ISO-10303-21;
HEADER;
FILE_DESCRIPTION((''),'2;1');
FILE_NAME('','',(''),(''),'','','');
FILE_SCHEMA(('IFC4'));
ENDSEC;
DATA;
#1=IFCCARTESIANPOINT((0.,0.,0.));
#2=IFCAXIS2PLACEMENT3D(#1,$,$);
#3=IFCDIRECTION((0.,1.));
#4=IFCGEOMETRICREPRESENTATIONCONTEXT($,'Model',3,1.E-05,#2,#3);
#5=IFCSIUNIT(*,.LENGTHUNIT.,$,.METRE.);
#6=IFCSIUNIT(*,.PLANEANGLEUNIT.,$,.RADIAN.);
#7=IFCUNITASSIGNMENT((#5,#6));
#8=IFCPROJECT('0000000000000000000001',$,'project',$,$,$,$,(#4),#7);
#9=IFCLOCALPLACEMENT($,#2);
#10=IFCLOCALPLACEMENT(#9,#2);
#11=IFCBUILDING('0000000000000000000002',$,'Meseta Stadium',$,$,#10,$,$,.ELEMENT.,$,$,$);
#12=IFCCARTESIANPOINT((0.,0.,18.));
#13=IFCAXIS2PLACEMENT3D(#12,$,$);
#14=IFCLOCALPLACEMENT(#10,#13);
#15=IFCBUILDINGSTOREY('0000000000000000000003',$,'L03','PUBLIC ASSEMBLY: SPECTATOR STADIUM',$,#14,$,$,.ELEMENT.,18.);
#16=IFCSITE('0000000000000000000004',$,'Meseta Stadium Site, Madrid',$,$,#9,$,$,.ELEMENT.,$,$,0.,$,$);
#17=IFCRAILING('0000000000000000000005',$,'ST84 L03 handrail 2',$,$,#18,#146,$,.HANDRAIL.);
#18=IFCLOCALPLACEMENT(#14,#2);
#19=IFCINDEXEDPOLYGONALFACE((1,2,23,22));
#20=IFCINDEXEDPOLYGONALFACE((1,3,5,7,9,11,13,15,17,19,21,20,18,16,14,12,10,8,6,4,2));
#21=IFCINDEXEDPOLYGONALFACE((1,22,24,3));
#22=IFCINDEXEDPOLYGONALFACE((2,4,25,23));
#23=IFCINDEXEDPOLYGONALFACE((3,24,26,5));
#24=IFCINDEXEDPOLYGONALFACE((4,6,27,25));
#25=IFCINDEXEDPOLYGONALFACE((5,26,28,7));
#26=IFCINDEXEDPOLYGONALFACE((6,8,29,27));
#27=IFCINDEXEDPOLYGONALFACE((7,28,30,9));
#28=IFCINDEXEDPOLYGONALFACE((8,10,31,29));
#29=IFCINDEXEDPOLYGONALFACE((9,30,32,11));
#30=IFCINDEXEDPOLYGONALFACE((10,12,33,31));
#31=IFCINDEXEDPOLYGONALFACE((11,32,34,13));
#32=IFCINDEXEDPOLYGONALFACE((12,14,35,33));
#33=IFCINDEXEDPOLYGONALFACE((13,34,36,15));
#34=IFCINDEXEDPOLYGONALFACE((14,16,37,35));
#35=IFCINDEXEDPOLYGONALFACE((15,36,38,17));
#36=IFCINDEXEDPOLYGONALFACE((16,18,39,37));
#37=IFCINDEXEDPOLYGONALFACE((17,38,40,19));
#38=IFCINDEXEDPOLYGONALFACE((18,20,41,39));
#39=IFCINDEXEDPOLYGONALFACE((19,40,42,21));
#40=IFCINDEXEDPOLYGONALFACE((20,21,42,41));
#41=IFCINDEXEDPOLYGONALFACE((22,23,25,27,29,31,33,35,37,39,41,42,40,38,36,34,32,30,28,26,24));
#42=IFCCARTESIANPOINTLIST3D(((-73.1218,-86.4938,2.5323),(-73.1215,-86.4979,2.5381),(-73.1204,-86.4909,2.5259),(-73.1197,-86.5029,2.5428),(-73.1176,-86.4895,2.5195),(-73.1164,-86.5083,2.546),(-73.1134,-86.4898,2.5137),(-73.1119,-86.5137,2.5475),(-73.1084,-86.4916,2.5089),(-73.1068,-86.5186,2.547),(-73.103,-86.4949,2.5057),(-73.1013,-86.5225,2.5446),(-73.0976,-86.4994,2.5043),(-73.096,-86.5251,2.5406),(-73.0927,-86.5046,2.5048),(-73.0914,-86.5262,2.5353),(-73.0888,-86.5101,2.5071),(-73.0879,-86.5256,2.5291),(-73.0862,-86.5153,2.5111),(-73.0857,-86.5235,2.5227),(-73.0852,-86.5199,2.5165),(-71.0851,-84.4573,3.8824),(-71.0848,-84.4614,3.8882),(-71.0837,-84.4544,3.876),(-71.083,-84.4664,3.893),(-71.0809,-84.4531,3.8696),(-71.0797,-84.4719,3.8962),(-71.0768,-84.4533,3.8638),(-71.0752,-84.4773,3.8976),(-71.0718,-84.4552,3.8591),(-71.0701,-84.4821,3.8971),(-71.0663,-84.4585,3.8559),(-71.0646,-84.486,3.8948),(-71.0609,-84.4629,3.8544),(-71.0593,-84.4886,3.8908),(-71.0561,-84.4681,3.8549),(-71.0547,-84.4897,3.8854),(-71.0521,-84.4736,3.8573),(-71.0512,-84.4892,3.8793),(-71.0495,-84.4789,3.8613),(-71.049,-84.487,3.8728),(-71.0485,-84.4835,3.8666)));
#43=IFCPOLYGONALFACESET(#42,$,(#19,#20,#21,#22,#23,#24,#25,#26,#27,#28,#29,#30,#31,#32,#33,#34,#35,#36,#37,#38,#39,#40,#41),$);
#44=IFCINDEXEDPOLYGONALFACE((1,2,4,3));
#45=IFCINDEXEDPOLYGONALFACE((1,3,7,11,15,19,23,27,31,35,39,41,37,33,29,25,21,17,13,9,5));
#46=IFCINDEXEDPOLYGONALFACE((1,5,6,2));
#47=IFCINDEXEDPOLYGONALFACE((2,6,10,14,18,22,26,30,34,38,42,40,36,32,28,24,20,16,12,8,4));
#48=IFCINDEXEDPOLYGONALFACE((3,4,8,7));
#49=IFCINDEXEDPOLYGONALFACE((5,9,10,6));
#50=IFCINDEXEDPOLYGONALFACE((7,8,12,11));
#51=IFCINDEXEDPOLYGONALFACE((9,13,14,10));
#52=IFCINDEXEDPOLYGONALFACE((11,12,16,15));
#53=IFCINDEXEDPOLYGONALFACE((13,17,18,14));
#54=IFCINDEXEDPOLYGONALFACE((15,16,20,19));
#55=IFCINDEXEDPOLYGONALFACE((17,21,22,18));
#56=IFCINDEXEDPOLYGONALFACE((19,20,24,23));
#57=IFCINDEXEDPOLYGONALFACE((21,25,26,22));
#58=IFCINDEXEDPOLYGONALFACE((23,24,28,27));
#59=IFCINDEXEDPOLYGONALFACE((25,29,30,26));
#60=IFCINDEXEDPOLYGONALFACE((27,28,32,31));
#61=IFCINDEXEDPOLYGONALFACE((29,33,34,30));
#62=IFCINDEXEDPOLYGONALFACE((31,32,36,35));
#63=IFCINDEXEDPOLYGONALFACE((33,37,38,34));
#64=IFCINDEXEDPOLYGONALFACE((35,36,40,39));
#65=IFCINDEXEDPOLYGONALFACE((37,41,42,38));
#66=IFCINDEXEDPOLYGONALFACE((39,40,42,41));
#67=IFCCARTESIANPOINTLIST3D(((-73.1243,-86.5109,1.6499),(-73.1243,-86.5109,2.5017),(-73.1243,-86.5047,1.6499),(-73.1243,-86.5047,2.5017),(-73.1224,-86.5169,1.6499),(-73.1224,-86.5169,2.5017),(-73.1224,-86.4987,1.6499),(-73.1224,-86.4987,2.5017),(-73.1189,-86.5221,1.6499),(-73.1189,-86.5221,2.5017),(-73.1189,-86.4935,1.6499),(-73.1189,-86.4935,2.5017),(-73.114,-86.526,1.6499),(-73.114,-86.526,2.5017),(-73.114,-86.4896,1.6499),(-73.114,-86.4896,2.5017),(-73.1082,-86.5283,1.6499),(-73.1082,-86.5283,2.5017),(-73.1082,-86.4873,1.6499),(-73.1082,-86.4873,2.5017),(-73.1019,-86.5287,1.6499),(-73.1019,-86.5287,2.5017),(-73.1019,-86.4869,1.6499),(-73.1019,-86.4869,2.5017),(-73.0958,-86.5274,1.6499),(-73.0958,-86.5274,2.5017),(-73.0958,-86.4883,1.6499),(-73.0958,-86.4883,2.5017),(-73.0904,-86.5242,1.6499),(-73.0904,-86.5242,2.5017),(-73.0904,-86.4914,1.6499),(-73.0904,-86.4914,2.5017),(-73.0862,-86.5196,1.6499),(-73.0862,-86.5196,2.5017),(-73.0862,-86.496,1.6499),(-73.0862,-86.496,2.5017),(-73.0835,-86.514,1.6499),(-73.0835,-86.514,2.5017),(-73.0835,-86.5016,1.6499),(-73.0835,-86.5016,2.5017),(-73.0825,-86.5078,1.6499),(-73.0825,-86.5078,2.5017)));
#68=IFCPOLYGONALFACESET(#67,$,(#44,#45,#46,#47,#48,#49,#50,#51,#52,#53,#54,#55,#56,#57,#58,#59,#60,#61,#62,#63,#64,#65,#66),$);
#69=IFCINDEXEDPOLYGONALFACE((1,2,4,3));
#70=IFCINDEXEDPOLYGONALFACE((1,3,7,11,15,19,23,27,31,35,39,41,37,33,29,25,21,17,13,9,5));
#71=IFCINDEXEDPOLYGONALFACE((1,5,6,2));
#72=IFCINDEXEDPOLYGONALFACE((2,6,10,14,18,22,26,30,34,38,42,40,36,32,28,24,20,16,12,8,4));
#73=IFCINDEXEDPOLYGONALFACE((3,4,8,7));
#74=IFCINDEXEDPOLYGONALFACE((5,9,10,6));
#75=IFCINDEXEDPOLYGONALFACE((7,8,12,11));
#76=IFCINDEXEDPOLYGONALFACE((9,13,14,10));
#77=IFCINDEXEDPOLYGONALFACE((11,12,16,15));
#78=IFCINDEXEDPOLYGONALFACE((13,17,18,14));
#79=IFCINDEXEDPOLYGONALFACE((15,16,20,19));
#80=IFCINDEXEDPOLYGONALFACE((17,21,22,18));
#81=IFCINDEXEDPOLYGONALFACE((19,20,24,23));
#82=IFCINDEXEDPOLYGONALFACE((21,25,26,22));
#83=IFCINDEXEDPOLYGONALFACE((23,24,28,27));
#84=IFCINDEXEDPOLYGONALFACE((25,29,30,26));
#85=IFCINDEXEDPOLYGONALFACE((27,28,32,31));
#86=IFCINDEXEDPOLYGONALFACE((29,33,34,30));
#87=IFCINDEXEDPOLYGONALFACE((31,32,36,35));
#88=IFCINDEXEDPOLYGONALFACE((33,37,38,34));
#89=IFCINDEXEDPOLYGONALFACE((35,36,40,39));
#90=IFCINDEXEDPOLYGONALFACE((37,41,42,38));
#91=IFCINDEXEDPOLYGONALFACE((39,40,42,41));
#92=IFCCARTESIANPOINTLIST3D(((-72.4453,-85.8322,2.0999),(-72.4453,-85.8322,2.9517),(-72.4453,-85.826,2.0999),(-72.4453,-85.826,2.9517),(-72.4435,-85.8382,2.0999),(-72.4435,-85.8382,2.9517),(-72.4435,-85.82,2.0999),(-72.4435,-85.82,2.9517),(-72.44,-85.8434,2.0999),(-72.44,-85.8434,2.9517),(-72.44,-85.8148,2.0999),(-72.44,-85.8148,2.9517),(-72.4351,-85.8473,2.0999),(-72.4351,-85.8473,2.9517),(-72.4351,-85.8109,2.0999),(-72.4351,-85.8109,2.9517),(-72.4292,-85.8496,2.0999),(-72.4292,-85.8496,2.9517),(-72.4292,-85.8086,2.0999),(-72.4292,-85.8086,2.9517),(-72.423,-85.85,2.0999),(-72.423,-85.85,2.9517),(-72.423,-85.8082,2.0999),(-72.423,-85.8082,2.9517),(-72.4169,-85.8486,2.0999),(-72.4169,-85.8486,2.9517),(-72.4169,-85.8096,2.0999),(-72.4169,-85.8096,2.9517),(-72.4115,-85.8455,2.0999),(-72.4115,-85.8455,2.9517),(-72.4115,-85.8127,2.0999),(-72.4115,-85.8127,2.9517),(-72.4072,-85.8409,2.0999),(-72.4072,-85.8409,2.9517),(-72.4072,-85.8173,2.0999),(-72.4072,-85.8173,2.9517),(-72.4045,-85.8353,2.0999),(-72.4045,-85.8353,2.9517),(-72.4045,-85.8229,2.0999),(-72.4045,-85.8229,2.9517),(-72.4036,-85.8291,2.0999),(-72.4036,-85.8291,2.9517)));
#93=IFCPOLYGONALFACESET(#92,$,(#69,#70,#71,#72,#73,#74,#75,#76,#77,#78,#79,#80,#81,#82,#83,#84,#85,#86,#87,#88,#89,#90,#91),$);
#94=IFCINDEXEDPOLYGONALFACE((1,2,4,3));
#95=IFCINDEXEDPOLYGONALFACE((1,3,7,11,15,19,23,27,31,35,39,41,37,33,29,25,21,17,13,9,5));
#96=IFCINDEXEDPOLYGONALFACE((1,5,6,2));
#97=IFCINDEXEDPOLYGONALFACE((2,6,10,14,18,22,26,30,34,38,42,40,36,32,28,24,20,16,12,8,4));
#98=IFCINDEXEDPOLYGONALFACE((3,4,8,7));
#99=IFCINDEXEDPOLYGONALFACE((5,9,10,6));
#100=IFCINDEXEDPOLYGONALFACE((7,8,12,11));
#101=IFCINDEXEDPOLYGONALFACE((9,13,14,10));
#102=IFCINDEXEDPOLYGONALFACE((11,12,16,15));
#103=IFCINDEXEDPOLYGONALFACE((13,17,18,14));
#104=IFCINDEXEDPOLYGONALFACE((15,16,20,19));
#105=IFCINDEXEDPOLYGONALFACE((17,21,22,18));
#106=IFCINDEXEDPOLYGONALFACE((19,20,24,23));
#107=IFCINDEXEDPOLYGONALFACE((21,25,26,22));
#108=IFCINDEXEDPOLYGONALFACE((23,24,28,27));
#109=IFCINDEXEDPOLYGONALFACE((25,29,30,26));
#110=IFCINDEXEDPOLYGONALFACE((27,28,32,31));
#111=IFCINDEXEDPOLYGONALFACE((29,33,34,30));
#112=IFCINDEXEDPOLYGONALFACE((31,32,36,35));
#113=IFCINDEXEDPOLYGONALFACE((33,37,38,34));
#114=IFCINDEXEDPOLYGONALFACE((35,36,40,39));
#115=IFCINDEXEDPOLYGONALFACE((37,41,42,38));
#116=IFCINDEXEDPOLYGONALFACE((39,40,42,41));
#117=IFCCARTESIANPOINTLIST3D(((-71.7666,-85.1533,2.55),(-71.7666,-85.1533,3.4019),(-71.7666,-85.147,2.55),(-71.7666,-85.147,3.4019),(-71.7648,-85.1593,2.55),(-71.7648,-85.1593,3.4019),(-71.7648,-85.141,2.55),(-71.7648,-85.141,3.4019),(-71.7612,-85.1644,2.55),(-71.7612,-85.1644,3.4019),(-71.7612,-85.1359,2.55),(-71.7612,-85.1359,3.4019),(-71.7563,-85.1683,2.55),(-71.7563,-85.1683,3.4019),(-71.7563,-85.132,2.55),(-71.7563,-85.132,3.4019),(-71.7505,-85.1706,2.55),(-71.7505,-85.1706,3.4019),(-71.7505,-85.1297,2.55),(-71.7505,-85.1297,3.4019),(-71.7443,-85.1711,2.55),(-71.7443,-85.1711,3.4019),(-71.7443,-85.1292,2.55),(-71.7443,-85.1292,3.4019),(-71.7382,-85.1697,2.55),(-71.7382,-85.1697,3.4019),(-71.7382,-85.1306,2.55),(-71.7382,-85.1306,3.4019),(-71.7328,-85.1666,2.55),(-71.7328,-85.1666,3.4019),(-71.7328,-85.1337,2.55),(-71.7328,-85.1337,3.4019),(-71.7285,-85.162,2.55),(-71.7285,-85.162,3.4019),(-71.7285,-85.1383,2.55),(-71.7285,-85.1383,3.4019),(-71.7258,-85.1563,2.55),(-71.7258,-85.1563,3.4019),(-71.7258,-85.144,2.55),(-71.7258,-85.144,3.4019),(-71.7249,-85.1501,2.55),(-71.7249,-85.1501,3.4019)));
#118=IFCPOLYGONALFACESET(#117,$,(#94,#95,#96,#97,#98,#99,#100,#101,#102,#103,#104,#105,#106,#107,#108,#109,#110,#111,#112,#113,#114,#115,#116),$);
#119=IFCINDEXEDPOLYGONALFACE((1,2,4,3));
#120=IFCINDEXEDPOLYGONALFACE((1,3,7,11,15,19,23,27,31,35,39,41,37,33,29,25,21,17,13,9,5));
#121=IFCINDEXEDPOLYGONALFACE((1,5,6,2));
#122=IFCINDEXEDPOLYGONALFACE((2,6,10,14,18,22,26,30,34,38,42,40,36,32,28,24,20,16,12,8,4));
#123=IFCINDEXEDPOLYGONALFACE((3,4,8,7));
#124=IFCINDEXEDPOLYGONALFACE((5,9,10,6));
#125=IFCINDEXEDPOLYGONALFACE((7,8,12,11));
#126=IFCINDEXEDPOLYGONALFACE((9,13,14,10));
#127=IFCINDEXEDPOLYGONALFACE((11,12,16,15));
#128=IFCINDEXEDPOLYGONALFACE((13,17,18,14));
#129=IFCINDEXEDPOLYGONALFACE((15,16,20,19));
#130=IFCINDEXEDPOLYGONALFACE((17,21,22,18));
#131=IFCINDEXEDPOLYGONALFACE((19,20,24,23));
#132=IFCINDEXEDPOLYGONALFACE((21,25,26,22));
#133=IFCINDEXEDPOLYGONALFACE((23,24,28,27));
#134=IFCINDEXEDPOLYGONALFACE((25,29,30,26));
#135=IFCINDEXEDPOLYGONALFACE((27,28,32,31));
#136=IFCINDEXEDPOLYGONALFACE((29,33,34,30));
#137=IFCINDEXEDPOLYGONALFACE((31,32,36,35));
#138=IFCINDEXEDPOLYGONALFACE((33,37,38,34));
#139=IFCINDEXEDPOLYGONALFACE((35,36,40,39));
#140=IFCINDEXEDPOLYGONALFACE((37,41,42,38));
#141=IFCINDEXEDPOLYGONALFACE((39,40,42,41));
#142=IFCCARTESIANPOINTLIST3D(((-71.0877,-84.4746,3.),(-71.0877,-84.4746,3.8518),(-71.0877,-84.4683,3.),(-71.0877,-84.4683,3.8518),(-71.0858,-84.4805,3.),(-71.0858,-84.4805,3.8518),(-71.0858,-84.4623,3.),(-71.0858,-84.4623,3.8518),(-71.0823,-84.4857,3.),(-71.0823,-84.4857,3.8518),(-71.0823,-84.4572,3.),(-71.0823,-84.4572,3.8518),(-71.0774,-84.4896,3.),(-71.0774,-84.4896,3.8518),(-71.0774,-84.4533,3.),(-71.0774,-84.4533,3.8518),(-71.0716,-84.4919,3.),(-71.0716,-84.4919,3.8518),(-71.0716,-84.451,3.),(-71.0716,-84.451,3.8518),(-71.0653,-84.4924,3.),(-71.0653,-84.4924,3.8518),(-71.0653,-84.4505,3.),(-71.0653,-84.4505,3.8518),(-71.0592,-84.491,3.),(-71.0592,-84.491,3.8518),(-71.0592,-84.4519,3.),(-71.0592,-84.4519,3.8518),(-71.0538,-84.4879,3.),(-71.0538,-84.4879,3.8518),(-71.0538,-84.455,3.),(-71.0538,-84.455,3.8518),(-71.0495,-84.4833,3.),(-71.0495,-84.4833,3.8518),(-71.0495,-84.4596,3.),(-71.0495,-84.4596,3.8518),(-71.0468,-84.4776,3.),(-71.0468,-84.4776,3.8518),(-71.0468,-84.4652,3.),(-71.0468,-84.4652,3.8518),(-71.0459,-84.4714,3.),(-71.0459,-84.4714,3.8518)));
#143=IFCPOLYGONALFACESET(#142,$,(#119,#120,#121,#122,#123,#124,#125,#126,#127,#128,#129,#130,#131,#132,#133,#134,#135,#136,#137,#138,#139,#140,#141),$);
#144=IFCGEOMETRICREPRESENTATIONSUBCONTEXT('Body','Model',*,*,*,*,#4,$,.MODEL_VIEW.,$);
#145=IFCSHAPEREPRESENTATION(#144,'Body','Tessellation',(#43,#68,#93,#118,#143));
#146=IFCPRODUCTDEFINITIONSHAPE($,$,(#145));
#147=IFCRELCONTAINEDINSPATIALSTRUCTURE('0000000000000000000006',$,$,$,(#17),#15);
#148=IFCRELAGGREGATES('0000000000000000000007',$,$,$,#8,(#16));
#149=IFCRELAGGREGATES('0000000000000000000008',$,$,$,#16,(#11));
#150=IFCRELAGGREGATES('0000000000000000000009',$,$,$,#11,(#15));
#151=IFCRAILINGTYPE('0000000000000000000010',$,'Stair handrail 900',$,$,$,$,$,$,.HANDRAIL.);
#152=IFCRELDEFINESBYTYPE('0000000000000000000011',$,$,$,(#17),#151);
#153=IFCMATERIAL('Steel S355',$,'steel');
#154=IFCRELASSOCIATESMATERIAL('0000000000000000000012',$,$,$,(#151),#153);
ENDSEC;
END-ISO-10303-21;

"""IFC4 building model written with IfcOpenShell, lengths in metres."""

from ifc_helpers import new_model, si_unit, direction, frame, origin, origin_2d, place, context, subcontext, project, spatial, circle, extrude, material, type_object, element, save


model = new_model("IFC4")

# Units and contexts
model_context = context("Model", 3, precision=1e-05, world=origin(), true_north=direction((0.0, 1.0)))
body_context = subcontext(model_context, "Body", "Model", "MODEL_VIEW")
ifc_project = project(units=[si_unit("LENGTHUNIT", "METRE"), si_unit("PLANEANGLEUNIT", "RADIAN")], contexts=[model_context])

# Site, building, storey
site_placement = place(None, origin())
site = spatial("IfcSite", under=ifc_project, at=site_placement, Name="Meseta Stadium Site, Madrid", CompositionType="ELEMENT", RefElevation=0.0)
building_placement = place(site_placement, origin())
building = spatial("IfcBuilding", under=site, at=building_placement, Name="Meseta Stadium", CompositionType="ELEMENT")
storey_placement = place(building_placement, frame((0.0, 0.0, 18.0)))
storey = spatial("IfcBuildingStorey", under=building, at=storey_placement, Name="L03", Description="PUBLIC ASSEMBLY: SPECTATOR STADIUM", CompositionType="ELEMENT", Elevation=18.0)

# Railing
ifc_material_1 = material(Name="Steel S355", Category="steel")
railing_type_1 = type_object("IfcRailingType", Name="Stair handrail 900", PredefinedType="HANDRAIL", material=ifc_material_1)
railing_1_placement = place(storey_placement, frame((-73.1035, -86.5078, 1.6499)))
element("IfcRailing", 1, at=railing_1_placement, inside=storey, type_object=railing_type_1, Name="ST84 L03 handrail 2", PredefinedType="HANDRAIL", context=body_context, shape_type="SweptSolid", body=[
    extrude(circle(Radius=0.0239, at=origin_2d()), frame((0.0, 0.0, 0.876), z_axis=(0.640288, 0.640211, 0.424454), x_axis=(-0.707064, 0.707149, 0.0)), (0.0, 0.0, 1.0), 3.1809),
    extrude(circle(Radius=0.021, at=origin_2d()), origin(), (0.0, 0.0, 1.0), 0.8518),
    extrude(circle(Radius=0.021, at=origin_2d()), frame((0.679, 0.6787, 0.45)), (0.0, 0.0, 1.0), 0.8518),
    extrude(circle(Radius=0.021, at=origin_2d()), frame((1.3577, 1.3577, 0.9001)), (0.0, 0.0, 1.0), 0.8518),
    extrude(circle(Radius=0.021, at=origin_2d()), frame((2.0366, 2.0364, 1.3501)), (0.0, 0.0, 1.0), 0.8518),
])

save(model, "model.ifc")
